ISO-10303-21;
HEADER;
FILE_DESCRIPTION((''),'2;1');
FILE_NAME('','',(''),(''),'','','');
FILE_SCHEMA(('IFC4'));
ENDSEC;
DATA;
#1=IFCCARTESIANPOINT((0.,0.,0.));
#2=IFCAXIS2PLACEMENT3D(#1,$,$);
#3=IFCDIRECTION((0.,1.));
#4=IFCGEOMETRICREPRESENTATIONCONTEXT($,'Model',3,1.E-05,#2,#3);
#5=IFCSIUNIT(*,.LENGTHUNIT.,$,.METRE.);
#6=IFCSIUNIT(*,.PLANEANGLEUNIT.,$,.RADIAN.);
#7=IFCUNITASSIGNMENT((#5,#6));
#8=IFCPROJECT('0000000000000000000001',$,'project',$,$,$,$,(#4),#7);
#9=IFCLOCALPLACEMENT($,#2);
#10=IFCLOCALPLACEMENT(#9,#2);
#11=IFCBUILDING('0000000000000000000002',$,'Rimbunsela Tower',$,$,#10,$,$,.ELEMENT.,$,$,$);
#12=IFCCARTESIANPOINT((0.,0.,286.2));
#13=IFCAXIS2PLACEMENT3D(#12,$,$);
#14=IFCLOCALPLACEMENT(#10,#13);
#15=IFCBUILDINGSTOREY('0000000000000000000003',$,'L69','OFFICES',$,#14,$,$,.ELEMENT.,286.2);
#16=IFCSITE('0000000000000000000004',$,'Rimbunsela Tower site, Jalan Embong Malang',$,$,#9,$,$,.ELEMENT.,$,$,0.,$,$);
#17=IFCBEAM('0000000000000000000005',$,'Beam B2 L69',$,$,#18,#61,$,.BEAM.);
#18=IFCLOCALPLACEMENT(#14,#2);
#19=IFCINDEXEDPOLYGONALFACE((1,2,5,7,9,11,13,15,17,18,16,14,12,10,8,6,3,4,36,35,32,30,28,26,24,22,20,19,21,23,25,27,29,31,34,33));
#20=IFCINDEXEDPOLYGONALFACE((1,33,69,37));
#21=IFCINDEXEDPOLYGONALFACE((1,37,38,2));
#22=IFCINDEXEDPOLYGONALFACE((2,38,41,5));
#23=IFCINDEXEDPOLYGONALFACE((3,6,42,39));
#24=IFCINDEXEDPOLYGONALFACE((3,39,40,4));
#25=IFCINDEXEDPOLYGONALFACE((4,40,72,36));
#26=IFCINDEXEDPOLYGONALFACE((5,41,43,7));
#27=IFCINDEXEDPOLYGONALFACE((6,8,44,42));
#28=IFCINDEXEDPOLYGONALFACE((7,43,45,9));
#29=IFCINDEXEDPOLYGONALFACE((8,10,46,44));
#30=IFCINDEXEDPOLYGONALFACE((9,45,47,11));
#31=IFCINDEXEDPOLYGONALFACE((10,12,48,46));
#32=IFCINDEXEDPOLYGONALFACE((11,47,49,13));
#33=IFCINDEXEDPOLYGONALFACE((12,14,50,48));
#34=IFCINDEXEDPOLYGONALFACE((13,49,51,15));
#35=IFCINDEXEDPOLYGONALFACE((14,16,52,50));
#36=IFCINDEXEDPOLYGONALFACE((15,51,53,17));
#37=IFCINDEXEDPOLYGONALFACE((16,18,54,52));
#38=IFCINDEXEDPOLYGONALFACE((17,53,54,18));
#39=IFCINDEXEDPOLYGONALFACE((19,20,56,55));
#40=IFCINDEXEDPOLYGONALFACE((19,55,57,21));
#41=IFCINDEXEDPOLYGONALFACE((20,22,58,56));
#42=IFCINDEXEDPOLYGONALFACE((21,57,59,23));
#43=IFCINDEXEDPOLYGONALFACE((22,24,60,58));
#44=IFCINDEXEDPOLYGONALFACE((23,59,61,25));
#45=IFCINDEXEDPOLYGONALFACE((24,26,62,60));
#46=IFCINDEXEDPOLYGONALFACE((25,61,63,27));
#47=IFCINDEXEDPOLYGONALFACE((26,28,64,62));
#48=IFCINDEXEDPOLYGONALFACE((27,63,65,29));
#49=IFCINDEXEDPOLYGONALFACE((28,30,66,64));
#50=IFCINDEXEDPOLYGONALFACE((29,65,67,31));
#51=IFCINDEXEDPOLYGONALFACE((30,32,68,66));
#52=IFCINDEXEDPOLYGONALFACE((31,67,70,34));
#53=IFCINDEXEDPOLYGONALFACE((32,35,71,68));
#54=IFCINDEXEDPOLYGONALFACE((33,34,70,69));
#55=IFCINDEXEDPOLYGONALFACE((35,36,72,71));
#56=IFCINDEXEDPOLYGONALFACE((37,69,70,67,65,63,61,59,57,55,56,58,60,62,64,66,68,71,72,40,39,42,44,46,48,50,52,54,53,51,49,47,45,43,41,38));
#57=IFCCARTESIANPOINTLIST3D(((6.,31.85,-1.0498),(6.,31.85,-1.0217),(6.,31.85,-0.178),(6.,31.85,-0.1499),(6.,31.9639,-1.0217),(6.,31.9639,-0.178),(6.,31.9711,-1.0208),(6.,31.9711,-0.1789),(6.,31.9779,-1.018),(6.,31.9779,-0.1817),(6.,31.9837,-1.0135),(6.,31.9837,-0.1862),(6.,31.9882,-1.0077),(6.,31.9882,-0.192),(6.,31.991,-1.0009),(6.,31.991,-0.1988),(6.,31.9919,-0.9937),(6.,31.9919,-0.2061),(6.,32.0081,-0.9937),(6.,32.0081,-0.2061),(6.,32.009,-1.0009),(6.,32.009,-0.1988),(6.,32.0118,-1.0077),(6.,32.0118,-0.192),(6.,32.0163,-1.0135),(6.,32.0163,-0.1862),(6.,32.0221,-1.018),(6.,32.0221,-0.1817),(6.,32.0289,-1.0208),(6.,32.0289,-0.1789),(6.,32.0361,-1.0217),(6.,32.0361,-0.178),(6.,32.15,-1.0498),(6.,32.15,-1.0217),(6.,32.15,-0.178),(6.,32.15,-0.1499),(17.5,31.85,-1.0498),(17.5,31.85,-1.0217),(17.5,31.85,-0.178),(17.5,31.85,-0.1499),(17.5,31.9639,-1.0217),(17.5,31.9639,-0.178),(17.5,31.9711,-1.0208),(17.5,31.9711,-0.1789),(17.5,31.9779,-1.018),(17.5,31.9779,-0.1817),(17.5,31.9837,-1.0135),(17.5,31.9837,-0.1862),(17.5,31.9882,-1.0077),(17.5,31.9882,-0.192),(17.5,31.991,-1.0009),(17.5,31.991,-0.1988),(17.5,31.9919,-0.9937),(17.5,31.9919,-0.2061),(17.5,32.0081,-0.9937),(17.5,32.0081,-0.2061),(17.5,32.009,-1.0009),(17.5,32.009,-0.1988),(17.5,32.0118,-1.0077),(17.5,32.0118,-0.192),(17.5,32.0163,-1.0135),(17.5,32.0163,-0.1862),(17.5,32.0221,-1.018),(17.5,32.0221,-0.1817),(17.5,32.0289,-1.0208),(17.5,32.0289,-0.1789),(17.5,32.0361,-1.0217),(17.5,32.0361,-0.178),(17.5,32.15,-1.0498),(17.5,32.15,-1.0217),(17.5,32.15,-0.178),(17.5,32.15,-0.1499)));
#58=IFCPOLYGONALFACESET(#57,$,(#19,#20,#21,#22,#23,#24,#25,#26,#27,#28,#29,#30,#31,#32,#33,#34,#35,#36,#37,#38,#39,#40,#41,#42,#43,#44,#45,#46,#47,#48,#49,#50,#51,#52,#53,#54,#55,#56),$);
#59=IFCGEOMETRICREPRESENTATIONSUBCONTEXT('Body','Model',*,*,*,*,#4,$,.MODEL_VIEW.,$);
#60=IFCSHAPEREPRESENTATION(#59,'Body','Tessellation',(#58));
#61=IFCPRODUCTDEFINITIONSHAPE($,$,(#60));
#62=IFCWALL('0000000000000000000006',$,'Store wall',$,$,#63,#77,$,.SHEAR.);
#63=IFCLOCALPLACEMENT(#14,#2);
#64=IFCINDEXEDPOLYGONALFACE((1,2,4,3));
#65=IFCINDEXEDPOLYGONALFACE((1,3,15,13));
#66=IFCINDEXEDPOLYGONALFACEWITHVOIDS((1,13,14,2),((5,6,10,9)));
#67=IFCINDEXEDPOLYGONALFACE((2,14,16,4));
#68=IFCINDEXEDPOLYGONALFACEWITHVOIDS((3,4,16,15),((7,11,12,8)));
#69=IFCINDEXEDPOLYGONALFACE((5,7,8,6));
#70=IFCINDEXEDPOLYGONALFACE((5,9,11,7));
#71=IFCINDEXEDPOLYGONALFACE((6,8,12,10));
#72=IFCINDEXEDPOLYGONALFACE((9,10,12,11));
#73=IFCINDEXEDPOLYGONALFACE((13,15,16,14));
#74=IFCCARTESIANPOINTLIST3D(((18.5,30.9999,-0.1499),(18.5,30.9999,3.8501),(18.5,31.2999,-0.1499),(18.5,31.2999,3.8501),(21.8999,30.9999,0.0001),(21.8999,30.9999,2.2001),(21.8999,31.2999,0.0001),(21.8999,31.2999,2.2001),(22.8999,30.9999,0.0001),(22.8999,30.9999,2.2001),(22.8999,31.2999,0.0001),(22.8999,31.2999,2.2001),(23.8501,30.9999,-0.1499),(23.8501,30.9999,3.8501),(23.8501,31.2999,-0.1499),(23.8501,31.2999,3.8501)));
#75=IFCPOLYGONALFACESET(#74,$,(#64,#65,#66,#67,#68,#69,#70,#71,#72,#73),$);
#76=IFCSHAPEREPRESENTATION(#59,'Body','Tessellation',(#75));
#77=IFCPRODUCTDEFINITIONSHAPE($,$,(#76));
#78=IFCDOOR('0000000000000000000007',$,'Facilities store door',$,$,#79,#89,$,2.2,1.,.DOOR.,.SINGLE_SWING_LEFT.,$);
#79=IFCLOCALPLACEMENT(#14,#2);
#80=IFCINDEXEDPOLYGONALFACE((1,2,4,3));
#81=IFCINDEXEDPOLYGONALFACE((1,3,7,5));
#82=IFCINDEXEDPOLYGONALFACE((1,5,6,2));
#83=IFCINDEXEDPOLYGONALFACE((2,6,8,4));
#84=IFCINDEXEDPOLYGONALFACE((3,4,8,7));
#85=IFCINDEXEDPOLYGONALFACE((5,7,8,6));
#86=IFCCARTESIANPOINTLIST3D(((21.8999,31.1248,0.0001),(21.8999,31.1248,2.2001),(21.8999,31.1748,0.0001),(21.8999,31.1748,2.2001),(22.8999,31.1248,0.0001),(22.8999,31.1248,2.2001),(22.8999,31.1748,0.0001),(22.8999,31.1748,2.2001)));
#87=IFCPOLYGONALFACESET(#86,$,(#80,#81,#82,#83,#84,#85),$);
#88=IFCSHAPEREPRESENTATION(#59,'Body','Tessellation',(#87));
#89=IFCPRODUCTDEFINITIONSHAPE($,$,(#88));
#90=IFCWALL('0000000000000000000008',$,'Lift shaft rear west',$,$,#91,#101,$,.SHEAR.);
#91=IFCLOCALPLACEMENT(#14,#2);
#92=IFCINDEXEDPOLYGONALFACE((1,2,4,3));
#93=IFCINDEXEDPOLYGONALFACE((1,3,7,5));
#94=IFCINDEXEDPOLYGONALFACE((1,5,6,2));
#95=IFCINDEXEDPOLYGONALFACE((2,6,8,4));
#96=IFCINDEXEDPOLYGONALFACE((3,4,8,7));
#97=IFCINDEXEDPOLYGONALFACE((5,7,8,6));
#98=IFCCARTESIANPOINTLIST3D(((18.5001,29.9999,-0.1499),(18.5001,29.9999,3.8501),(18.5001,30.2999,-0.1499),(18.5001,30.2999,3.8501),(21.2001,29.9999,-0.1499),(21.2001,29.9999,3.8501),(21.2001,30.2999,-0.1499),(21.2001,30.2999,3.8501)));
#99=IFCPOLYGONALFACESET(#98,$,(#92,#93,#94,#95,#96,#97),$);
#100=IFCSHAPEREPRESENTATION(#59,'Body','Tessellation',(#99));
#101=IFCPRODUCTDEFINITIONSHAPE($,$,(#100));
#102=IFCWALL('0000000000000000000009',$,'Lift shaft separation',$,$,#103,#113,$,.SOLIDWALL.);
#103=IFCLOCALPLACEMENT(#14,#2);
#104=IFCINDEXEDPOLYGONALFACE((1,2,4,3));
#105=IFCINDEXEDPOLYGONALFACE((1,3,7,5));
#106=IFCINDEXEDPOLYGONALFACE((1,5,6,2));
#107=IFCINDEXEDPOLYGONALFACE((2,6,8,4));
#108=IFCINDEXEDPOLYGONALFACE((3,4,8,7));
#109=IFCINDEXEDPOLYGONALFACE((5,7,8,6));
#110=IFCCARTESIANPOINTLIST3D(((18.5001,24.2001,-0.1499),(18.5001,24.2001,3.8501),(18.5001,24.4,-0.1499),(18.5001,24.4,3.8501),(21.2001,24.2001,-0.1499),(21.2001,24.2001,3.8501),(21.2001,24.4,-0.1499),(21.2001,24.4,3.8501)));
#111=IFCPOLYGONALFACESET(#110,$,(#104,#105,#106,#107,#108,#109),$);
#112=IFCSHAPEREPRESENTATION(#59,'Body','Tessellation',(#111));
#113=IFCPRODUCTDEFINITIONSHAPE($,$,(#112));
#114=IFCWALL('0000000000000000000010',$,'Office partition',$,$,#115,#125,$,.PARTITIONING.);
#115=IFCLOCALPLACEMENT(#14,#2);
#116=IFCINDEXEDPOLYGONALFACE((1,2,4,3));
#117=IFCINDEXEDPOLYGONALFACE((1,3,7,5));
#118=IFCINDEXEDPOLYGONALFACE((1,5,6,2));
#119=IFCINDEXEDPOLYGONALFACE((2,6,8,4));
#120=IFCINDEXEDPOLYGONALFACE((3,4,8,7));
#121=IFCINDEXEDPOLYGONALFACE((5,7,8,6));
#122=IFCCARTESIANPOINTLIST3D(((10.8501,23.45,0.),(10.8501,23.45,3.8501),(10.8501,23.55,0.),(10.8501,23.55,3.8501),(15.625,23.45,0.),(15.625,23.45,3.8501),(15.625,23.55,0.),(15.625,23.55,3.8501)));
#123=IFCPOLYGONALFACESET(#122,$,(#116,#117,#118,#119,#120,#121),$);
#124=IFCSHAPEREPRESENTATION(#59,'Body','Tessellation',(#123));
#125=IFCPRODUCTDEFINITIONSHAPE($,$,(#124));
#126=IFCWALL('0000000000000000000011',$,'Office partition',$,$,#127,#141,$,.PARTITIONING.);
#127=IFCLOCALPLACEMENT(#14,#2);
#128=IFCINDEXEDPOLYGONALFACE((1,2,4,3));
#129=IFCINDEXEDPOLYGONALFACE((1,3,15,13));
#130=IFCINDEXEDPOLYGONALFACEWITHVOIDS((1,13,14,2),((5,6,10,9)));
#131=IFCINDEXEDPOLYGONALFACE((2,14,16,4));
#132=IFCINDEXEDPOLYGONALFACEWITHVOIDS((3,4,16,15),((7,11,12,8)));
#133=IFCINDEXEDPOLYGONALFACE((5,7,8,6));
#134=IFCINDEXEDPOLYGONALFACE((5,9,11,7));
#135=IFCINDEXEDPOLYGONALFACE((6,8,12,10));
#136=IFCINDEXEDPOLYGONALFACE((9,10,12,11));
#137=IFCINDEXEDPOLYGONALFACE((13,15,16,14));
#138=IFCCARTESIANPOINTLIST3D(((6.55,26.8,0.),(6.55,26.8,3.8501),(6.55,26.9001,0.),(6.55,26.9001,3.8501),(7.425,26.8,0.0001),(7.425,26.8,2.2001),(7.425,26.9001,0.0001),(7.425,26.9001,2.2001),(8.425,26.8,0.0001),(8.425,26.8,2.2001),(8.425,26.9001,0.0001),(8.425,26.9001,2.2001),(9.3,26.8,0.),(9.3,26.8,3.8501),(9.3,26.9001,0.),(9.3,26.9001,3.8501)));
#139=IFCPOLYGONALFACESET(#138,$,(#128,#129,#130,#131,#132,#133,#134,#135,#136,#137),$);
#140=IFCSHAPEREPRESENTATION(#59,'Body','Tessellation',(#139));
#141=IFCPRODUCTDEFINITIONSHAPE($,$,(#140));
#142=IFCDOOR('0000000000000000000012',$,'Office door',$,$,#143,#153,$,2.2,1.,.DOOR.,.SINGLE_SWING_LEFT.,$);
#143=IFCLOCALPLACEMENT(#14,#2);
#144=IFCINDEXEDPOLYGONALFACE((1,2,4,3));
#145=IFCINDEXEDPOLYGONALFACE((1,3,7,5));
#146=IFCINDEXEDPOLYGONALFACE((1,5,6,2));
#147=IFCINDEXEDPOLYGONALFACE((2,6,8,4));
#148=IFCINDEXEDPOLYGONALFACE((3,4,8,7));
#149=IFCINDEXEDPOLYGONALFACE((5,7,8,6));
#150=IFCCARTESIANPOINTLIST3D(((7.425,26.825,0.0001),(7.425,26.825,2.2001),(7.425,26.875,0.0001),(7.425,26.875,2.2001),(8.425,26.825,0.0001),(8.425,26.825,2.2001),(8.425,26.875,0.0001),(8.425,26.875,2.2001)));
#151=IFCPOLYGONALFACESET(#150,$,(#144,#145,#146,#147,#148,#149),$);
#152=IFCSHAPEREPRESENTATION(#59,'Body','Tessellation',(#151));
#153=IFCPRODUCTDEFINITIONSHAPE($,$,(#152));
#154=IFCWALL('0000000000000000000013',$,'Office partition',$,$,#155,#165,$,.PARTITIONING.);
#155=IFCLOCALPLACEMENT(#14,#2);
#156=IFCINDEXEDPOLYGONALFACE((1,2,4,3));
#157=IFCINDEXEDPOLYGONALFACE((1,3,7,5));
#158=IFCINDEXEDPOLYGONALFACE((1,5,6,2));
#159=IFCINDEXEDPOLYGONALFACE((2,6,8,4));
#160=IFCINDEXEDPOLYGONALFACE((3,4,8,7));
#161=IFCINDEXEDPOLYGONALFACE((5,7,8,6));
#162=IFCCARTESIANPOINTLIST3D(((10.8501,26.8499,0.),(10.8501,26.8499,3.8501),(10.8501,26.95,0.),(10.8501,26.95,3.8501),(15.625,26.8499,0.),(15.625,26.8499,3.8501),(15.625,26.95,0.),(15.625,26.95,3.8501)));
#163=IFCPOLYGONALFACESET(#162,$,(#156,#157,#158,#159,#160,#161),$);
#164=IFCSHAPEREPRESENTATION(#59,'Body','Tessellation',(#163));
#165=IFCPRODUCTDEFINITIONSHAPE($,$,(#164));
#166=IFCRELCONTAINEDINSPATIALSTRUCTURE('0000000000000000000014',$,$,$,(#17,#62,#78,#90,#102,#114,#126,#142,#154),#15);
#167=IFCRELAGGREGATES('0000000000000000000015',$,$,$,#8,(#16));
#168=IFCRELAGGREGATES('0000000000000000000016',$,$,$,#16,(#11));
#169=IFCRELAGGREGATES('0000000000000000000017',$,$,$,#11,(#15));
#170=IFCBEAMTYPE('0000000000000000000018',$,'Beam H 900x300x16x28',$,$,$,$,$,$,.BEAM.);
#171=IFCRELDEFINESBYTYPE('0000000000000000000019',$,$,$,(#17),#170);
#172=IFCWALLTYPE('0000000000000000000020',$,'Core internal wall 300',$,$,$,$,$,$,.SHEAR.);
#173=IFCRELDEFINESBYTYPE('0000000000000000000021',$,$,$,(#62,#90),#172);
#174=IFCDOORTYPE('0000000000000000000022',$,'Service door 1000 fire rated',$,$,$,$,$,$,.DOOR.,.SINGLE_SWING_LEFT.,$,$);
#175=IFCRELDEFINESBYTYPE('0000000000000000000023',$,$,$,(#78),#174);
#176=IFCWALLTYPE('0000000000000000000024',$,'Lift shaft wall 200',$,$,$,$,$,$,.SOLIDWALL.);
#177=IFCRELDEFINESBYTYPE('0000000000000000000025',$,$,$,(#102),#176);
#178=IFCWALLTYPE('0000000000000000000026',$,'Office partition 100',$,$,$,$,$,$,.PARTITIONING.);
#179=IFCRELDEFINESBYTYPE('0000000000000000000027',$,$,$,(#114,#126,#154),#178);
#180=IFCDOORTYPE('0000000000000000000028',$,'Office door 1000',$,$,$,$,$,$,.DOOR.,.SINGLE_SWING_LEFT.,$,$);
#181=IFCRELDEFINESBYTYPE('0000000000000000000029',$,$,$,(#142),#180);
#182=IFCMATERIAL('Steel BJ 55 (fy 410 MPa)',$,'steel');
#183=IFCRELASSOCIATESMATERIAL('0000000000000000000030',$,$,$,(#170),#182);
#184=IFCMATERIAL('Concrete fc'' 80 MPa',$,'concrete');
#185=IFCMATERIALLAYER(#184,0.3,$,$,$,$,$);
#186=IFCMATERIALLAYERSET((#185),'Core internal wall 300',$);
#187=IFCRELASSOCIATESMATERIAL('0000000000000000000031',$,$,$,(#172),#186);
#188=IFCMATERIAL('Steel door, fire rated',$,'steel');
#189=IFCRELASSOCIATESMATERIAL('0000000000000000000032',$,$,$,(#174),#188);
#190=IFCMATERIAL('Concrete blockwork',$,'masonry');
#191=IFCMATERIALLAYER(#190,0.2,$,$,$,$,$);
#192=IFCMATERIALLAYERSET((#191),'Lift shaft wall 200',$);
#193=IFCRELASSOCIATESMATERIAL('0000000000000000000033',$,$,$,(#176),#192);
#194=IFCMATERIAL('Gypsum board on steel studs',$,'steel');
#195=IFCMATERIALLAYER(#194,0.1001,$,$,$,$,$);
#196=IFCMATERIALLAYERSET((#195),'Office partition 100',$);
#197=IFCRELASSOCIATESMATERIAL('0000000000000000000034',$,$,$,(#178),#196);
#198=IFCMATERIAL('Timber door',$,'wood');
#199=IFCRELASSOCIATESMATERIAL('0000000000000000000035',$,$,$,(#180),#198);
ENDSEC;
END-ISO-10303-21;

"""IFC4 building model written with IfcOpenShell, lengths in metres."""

from ifc_helpers import new_model, si_unit, direction, frame, frame_2d, origin, origin_2d, place, context, subcontext, project, spatial, rectangle, i_section, extrude, material, layer, layer_set, material_profile, profile_set, type_object, element, fill, save


model = new_model("IFC4")

# Units and contexts
model_context = context("Model", 3, precision=1e-05, world=origin(), true_north=direction((0.0, 1.0)))
body_context = subcontext(model_context, "Body", "Model", "MODEL_VIEW")
ifc_project = project(units=[si_unit("LENGTHUNIT", "METRE"), si_unit("PLANEANGLEUNIT", "RADIAN")], contexts=[model_context])

# Site, building, storey
site_placement = place(None, origin())
site = spatial("IfcSite", under=ifc_project, at=site_placement, Name="Rimbunsela Tower site, Jalan Embong Malang", CompositionType="ELEMENT", RefElevation=0.0)
building_placement = place(site_placement, origin())
building = spatial("IfcBuilding", under=site, at=building_placement, Name="Rimbunsela Tower", CompositionType="ELEMENT")
storey_placement = place(building_placement, frame((0.0, 0.0, 286.2)))
storey = spatial("IfcBuildingStorey", under=building, at=storey_placement, Name="L69", Description="OFFICES", CompositionType="ELEMENT", Elevation=286.2)

# Beam
ifc_material_1 = material(Name="Steel BJ 55 (fy 410 MPa)", Category="steel")
ifc_material_profile_1 = material_profile(ifc_material_1, i_section(OverallWidth=0.3, OverallDepth=0.8999, WebThickness=0.0161, FlangeThickness=0.0281, FilletRadius=0.0281, at=origin_2d()), Name="H 900x300x16x28")
ifc_profile_set_1 = profile_set([ifc_material_profile_1], Name="Steel BJ 55 (fy 410 MPa)")
beam_type_1 = type_object("IfcBeamType", Name="Beam H 900x300x16x28", PredefinedType="BEAM", material=ifc_profile_set_1)
for number, where, z_axis, x_axis, name in (
    (1, (6.0, 32.0, -0.5999), (1.0, 0.0, 0.0), (0.0, 1.0, 0.0), "Beam B2 L69"),
):
    element("IfcBeam", number, at=place(storey_placement, frame(where, z_axis=z_axis, x_axis=x_axis)), inside=storey, type_object=beam_type_1, Name=name, PredefinedType="BEAM", context=body_context, shape_type="SweptSolid", body=[
        extrude(i_section(OverallWidth=0.3, OverallDepth=0.8999, WebThickness=0.0161, FlangeThickness=0.0281, FilletRadius=0.0281, at=origin_2d()), origin(), (0.0, 0.0, 1.0), 11.5),
    ])

# Wall, opening, door
ifc_material_2 = material(Name="Concrete fc' 80 MPa", Category="concrete")
ifc_layer_1 = layer(ifc_material_2, 0.3)
ifc_layer_set_1 = layer_set([ifc_layer_1], Name="Core internal wall 300")
wall_type_1 = type_object("IfcWallType", Name="Core internal wall 300", PredefinedType="SHEAR", material=ifc_layer_set_1)
wall_1_placement = place(storey_placement, frame((18.5, 31.1499, -0.1499), z_axis=(0.0, 0.0, 1.0), x_axis=(1.0, 0.0, 0.0)))
wall_1 = element("IfcWall", 2, at=wall_1_placement, inside=storey, type_object=wall_type_1, Name="Store wall", PredefinedType="SHEAR", context=body_context, shape_type="SweptSolid", body=[
    extrude(rectangle(XDim=5.3501, YDim=0.3, at=frame_2d((2.675, 0.0))), origin(), (0.0, 0.0, 1.0), 4.0),
])
opening_1_placement = place(wall_1_placement, frame((3.3999, 0.0, 0.1499)))
opening_1 = element("IfcOpeningElement", 3, at=opening_1_placement, cuts=wall_1, PredefinedType="OPENING", context=body_context, shape_type="SweptSolid", body=[
    extrude(rectangle(XDim=1.0, YDim=2.2, at=frame_2d((0.5, 1.1001))), frame((0.0, 0.1599, 0.0), z_axis=(0.0, -1.0, 0.0), x_axis=(1.0, 0.0, 0.0)), (0.0, 0.0, 1.0), 0.3201),
])
ifc_material_3 = material(Name="Steel door, fire rated", Category="steel")
door_type_1 = type_object("IfcDoorType", Name="Service door 1000 fire rated", OperationType="SINGLE_SWING_LEFT", PredefinedType="DOOR", material=ifc_material_3)
door_1_placement = place(opening_1_placement, origin())
door_1 = element("IfcDoor", 4, at=door_1_placement, inside=storey, type_object=door_type_1, Name="Facilities store door", OperationType="SINGLE_SWING_LEFT", OverallHeight=2.2, OverallWidth=1.0, PredefinedType="DOOR", context=body_context, shape_type="SweptSolid", body=[
    extrude(rectangle(XDim=1.0, YDim=2.2, at=frame_2d((0.5, 1.1001))), frame((0.0, 0.0249, 0.0), z_axis=(0.0, -1.0, 0.0), x_axis=(1.0, 0.0, 0.0)), (0.0, 0.0, 1.0), 0.05),
])
fill(opening_1, door_1)

# Walls
wall_2_placement = place(storey_placement, frame((18.5, 30.1499, -0.1499), z_axis=(0.0, 0.0, 1.0), x_axis=(1.0, 0.0, 0.0)))
element("IfcWall", 5, at=wall_2_placement, inside=storey, type_object=wall_type_1, Name="Lift shaft rear west", PredefinedType="SHEAR", context=body_context, shape_type="SweptSolid", body=[
    extrude(rectangle(XDim=2.7, YDim=0.3, at=frame_2d((1.3501, 0.0))), origin(), (0.0, 0.0, 1.0), 4.0),
])
ifc_material_4 = material(Name="Concrete blockwork", Category="masonry")
ifc_layer_2 = layer(ifc_material_4, 0.2)
ifc_layer_set_2 = layer_set([ifc_layer_2], Name="Lift shaft wall 200")
wall_type_2 = type_object("IfcWallType", Name="Lift shaft wall 200", PredefinedType="SOLIDWALL", material=ifc_layer_set_2)
wall_3_placement = place(storey_placement, frame((18.5, 24.3, -0.1499), z_axis=(0.0, 0.0, 1.0), x_axis=(1.0, 0.0, 0.0)))
element("IfcWall", 6, at=wall_3_placement, inside=storey, type_object=wall_type_2, Name="Lift shaft separation", PredefinedType="SOLIDWALL", context=body_context, shape_type="SweptSolid", body=[
    extrude(rectangle(XDim=2.7, YDim=0.2, at=frame_2d((1.3501, 0.0))), origin(), (0.0, 0.0, 1.0), 4.0),
])
ifc_material_5 = material(Name="Gypsum board on steel studs", Category="steel")
ifc_layer_3 = layer(ifc_material_5, 0.1001)
ifc_layer_set_3 = layer_set([ifc_layer_3], Name="Office partition 100")
wall_type_3 = type_object("IfcWallType", Name="Office partition 100", PredefinedType="PARTITIONING", material=ifc_layer_set_3)
wall_4_placement = place(storey_placement, frame((10.8501, 23.5, 0.0), z_axis=(0.0, 0.0, 1.0), x_axis=(1.0, 0.0, 0.0)))
element("IfcWall", 7, at=wall_4_placement, inside=storey, type_object=wall_type_3, Name="Office partition", PredefinedType="PARTITIONING", context=body_context, shape_type="SweptSolid", body=[
    extrude(rectangle(XDim=4.7749, YDim=0.1001, at=frame_2d((2.3875, 0.0))), origin(), (0.0, 0.0, 1.0), 3.8501),
])

# Wall, opening, door
wall_5_placement = place(storey_placement, frame((6.55, 26.8501, 0.0), z_axis=(0.0, 0.0, 1.0), x_axis=(1.0, 0.0, 0.0)))
wall_5 = element("IfcWall", 8, at=wall_5_placement, inside=storey, type_object=wall_type_3, Name="Office partition", PredefinedType="PARTITIONING", context=body_context, shape_type="SweptSolid", body=[
    extrude(rectangle(XDim=2.75, YDim=0.1001, at=frame_2d((1.375, 0.0))), origin(), (0.0, 0.0, 1.0), 3.8501),
])
opening_2_placement = place(wall_5_placement, frame((0.875, 0.0, 0.0)))
opening_2 = element("IfcOpeningElement", 9, at=opening_2_placement, cuts=wall_5, PredefinedType="OPENING", context=body_context, shape_type="SweptSolid", body=[
    extrude(rectangle(XDim=1.0, YDim=2.2, at=frame_2d((0.5, 1.1001))), frame((0.0, 0.0601, 0.0), z_axis=(0.0, -1.0, 0.0), x_axis=(1.0, 0.0, 0.0)), (0.0, 0.0, 1.0), 0.1201),
])
ifc_material_6 = material(Name="Timber door", Category="wood")
door_type_2 = type_object("IfcDoorType", Name="Office door 1000", OperationType="SINGLE_SWING_LEFT", PredefinedType="DOOR", material=ifc_material_6)
door_2_placement = place(opening_2_placement, origin())
door_2 = element("IfcDoor", 10, at=door_2_placement, inside=storey, type_object=door_type_2, Name="Office door", OperationType="SINGLE_SWING_LEFT", OverallHeight=2.2, OverallWidth=1.0, PredefinedType="DOOR", context=body_context, shape_type="SweptSolid", body=[
    extrude(rectangle(XDim=1.0, YDim=2.2, at=frame_2d((0.5, 1.1001))), frame((0.0, 0.0249, 0.0), z_axis=(0.0, -1.0, 0.0), x_axis=(1.0, 0.0, 0.0)), (0.0, 0.0, 1.0), 0.05),
])
fill(opening_2, door_2)

# Wall
wall_6_placement = place(storey_placement, frame((10.8501, 26.8999, 0.0), z_axis=(0.0, 0.0, 1.0), x_axis=(1.0, 0.0, 0.0)))
element("IfcWall", 11, at=wall_6_placement, inside=storey, type_object=wall_type_3, Name="Office partition", PredefinedType="PARTITIONING", context=body_context, shape_type="SweptSolid", body=[
    extrude(rectangle(XDim=4.7749, YDim=0.1001, at=frame_2d((2.3875, 0.0))), origin(), (0.0, 0.0, 1.0), 3.8501),
])

save(model, "model.ifc")
